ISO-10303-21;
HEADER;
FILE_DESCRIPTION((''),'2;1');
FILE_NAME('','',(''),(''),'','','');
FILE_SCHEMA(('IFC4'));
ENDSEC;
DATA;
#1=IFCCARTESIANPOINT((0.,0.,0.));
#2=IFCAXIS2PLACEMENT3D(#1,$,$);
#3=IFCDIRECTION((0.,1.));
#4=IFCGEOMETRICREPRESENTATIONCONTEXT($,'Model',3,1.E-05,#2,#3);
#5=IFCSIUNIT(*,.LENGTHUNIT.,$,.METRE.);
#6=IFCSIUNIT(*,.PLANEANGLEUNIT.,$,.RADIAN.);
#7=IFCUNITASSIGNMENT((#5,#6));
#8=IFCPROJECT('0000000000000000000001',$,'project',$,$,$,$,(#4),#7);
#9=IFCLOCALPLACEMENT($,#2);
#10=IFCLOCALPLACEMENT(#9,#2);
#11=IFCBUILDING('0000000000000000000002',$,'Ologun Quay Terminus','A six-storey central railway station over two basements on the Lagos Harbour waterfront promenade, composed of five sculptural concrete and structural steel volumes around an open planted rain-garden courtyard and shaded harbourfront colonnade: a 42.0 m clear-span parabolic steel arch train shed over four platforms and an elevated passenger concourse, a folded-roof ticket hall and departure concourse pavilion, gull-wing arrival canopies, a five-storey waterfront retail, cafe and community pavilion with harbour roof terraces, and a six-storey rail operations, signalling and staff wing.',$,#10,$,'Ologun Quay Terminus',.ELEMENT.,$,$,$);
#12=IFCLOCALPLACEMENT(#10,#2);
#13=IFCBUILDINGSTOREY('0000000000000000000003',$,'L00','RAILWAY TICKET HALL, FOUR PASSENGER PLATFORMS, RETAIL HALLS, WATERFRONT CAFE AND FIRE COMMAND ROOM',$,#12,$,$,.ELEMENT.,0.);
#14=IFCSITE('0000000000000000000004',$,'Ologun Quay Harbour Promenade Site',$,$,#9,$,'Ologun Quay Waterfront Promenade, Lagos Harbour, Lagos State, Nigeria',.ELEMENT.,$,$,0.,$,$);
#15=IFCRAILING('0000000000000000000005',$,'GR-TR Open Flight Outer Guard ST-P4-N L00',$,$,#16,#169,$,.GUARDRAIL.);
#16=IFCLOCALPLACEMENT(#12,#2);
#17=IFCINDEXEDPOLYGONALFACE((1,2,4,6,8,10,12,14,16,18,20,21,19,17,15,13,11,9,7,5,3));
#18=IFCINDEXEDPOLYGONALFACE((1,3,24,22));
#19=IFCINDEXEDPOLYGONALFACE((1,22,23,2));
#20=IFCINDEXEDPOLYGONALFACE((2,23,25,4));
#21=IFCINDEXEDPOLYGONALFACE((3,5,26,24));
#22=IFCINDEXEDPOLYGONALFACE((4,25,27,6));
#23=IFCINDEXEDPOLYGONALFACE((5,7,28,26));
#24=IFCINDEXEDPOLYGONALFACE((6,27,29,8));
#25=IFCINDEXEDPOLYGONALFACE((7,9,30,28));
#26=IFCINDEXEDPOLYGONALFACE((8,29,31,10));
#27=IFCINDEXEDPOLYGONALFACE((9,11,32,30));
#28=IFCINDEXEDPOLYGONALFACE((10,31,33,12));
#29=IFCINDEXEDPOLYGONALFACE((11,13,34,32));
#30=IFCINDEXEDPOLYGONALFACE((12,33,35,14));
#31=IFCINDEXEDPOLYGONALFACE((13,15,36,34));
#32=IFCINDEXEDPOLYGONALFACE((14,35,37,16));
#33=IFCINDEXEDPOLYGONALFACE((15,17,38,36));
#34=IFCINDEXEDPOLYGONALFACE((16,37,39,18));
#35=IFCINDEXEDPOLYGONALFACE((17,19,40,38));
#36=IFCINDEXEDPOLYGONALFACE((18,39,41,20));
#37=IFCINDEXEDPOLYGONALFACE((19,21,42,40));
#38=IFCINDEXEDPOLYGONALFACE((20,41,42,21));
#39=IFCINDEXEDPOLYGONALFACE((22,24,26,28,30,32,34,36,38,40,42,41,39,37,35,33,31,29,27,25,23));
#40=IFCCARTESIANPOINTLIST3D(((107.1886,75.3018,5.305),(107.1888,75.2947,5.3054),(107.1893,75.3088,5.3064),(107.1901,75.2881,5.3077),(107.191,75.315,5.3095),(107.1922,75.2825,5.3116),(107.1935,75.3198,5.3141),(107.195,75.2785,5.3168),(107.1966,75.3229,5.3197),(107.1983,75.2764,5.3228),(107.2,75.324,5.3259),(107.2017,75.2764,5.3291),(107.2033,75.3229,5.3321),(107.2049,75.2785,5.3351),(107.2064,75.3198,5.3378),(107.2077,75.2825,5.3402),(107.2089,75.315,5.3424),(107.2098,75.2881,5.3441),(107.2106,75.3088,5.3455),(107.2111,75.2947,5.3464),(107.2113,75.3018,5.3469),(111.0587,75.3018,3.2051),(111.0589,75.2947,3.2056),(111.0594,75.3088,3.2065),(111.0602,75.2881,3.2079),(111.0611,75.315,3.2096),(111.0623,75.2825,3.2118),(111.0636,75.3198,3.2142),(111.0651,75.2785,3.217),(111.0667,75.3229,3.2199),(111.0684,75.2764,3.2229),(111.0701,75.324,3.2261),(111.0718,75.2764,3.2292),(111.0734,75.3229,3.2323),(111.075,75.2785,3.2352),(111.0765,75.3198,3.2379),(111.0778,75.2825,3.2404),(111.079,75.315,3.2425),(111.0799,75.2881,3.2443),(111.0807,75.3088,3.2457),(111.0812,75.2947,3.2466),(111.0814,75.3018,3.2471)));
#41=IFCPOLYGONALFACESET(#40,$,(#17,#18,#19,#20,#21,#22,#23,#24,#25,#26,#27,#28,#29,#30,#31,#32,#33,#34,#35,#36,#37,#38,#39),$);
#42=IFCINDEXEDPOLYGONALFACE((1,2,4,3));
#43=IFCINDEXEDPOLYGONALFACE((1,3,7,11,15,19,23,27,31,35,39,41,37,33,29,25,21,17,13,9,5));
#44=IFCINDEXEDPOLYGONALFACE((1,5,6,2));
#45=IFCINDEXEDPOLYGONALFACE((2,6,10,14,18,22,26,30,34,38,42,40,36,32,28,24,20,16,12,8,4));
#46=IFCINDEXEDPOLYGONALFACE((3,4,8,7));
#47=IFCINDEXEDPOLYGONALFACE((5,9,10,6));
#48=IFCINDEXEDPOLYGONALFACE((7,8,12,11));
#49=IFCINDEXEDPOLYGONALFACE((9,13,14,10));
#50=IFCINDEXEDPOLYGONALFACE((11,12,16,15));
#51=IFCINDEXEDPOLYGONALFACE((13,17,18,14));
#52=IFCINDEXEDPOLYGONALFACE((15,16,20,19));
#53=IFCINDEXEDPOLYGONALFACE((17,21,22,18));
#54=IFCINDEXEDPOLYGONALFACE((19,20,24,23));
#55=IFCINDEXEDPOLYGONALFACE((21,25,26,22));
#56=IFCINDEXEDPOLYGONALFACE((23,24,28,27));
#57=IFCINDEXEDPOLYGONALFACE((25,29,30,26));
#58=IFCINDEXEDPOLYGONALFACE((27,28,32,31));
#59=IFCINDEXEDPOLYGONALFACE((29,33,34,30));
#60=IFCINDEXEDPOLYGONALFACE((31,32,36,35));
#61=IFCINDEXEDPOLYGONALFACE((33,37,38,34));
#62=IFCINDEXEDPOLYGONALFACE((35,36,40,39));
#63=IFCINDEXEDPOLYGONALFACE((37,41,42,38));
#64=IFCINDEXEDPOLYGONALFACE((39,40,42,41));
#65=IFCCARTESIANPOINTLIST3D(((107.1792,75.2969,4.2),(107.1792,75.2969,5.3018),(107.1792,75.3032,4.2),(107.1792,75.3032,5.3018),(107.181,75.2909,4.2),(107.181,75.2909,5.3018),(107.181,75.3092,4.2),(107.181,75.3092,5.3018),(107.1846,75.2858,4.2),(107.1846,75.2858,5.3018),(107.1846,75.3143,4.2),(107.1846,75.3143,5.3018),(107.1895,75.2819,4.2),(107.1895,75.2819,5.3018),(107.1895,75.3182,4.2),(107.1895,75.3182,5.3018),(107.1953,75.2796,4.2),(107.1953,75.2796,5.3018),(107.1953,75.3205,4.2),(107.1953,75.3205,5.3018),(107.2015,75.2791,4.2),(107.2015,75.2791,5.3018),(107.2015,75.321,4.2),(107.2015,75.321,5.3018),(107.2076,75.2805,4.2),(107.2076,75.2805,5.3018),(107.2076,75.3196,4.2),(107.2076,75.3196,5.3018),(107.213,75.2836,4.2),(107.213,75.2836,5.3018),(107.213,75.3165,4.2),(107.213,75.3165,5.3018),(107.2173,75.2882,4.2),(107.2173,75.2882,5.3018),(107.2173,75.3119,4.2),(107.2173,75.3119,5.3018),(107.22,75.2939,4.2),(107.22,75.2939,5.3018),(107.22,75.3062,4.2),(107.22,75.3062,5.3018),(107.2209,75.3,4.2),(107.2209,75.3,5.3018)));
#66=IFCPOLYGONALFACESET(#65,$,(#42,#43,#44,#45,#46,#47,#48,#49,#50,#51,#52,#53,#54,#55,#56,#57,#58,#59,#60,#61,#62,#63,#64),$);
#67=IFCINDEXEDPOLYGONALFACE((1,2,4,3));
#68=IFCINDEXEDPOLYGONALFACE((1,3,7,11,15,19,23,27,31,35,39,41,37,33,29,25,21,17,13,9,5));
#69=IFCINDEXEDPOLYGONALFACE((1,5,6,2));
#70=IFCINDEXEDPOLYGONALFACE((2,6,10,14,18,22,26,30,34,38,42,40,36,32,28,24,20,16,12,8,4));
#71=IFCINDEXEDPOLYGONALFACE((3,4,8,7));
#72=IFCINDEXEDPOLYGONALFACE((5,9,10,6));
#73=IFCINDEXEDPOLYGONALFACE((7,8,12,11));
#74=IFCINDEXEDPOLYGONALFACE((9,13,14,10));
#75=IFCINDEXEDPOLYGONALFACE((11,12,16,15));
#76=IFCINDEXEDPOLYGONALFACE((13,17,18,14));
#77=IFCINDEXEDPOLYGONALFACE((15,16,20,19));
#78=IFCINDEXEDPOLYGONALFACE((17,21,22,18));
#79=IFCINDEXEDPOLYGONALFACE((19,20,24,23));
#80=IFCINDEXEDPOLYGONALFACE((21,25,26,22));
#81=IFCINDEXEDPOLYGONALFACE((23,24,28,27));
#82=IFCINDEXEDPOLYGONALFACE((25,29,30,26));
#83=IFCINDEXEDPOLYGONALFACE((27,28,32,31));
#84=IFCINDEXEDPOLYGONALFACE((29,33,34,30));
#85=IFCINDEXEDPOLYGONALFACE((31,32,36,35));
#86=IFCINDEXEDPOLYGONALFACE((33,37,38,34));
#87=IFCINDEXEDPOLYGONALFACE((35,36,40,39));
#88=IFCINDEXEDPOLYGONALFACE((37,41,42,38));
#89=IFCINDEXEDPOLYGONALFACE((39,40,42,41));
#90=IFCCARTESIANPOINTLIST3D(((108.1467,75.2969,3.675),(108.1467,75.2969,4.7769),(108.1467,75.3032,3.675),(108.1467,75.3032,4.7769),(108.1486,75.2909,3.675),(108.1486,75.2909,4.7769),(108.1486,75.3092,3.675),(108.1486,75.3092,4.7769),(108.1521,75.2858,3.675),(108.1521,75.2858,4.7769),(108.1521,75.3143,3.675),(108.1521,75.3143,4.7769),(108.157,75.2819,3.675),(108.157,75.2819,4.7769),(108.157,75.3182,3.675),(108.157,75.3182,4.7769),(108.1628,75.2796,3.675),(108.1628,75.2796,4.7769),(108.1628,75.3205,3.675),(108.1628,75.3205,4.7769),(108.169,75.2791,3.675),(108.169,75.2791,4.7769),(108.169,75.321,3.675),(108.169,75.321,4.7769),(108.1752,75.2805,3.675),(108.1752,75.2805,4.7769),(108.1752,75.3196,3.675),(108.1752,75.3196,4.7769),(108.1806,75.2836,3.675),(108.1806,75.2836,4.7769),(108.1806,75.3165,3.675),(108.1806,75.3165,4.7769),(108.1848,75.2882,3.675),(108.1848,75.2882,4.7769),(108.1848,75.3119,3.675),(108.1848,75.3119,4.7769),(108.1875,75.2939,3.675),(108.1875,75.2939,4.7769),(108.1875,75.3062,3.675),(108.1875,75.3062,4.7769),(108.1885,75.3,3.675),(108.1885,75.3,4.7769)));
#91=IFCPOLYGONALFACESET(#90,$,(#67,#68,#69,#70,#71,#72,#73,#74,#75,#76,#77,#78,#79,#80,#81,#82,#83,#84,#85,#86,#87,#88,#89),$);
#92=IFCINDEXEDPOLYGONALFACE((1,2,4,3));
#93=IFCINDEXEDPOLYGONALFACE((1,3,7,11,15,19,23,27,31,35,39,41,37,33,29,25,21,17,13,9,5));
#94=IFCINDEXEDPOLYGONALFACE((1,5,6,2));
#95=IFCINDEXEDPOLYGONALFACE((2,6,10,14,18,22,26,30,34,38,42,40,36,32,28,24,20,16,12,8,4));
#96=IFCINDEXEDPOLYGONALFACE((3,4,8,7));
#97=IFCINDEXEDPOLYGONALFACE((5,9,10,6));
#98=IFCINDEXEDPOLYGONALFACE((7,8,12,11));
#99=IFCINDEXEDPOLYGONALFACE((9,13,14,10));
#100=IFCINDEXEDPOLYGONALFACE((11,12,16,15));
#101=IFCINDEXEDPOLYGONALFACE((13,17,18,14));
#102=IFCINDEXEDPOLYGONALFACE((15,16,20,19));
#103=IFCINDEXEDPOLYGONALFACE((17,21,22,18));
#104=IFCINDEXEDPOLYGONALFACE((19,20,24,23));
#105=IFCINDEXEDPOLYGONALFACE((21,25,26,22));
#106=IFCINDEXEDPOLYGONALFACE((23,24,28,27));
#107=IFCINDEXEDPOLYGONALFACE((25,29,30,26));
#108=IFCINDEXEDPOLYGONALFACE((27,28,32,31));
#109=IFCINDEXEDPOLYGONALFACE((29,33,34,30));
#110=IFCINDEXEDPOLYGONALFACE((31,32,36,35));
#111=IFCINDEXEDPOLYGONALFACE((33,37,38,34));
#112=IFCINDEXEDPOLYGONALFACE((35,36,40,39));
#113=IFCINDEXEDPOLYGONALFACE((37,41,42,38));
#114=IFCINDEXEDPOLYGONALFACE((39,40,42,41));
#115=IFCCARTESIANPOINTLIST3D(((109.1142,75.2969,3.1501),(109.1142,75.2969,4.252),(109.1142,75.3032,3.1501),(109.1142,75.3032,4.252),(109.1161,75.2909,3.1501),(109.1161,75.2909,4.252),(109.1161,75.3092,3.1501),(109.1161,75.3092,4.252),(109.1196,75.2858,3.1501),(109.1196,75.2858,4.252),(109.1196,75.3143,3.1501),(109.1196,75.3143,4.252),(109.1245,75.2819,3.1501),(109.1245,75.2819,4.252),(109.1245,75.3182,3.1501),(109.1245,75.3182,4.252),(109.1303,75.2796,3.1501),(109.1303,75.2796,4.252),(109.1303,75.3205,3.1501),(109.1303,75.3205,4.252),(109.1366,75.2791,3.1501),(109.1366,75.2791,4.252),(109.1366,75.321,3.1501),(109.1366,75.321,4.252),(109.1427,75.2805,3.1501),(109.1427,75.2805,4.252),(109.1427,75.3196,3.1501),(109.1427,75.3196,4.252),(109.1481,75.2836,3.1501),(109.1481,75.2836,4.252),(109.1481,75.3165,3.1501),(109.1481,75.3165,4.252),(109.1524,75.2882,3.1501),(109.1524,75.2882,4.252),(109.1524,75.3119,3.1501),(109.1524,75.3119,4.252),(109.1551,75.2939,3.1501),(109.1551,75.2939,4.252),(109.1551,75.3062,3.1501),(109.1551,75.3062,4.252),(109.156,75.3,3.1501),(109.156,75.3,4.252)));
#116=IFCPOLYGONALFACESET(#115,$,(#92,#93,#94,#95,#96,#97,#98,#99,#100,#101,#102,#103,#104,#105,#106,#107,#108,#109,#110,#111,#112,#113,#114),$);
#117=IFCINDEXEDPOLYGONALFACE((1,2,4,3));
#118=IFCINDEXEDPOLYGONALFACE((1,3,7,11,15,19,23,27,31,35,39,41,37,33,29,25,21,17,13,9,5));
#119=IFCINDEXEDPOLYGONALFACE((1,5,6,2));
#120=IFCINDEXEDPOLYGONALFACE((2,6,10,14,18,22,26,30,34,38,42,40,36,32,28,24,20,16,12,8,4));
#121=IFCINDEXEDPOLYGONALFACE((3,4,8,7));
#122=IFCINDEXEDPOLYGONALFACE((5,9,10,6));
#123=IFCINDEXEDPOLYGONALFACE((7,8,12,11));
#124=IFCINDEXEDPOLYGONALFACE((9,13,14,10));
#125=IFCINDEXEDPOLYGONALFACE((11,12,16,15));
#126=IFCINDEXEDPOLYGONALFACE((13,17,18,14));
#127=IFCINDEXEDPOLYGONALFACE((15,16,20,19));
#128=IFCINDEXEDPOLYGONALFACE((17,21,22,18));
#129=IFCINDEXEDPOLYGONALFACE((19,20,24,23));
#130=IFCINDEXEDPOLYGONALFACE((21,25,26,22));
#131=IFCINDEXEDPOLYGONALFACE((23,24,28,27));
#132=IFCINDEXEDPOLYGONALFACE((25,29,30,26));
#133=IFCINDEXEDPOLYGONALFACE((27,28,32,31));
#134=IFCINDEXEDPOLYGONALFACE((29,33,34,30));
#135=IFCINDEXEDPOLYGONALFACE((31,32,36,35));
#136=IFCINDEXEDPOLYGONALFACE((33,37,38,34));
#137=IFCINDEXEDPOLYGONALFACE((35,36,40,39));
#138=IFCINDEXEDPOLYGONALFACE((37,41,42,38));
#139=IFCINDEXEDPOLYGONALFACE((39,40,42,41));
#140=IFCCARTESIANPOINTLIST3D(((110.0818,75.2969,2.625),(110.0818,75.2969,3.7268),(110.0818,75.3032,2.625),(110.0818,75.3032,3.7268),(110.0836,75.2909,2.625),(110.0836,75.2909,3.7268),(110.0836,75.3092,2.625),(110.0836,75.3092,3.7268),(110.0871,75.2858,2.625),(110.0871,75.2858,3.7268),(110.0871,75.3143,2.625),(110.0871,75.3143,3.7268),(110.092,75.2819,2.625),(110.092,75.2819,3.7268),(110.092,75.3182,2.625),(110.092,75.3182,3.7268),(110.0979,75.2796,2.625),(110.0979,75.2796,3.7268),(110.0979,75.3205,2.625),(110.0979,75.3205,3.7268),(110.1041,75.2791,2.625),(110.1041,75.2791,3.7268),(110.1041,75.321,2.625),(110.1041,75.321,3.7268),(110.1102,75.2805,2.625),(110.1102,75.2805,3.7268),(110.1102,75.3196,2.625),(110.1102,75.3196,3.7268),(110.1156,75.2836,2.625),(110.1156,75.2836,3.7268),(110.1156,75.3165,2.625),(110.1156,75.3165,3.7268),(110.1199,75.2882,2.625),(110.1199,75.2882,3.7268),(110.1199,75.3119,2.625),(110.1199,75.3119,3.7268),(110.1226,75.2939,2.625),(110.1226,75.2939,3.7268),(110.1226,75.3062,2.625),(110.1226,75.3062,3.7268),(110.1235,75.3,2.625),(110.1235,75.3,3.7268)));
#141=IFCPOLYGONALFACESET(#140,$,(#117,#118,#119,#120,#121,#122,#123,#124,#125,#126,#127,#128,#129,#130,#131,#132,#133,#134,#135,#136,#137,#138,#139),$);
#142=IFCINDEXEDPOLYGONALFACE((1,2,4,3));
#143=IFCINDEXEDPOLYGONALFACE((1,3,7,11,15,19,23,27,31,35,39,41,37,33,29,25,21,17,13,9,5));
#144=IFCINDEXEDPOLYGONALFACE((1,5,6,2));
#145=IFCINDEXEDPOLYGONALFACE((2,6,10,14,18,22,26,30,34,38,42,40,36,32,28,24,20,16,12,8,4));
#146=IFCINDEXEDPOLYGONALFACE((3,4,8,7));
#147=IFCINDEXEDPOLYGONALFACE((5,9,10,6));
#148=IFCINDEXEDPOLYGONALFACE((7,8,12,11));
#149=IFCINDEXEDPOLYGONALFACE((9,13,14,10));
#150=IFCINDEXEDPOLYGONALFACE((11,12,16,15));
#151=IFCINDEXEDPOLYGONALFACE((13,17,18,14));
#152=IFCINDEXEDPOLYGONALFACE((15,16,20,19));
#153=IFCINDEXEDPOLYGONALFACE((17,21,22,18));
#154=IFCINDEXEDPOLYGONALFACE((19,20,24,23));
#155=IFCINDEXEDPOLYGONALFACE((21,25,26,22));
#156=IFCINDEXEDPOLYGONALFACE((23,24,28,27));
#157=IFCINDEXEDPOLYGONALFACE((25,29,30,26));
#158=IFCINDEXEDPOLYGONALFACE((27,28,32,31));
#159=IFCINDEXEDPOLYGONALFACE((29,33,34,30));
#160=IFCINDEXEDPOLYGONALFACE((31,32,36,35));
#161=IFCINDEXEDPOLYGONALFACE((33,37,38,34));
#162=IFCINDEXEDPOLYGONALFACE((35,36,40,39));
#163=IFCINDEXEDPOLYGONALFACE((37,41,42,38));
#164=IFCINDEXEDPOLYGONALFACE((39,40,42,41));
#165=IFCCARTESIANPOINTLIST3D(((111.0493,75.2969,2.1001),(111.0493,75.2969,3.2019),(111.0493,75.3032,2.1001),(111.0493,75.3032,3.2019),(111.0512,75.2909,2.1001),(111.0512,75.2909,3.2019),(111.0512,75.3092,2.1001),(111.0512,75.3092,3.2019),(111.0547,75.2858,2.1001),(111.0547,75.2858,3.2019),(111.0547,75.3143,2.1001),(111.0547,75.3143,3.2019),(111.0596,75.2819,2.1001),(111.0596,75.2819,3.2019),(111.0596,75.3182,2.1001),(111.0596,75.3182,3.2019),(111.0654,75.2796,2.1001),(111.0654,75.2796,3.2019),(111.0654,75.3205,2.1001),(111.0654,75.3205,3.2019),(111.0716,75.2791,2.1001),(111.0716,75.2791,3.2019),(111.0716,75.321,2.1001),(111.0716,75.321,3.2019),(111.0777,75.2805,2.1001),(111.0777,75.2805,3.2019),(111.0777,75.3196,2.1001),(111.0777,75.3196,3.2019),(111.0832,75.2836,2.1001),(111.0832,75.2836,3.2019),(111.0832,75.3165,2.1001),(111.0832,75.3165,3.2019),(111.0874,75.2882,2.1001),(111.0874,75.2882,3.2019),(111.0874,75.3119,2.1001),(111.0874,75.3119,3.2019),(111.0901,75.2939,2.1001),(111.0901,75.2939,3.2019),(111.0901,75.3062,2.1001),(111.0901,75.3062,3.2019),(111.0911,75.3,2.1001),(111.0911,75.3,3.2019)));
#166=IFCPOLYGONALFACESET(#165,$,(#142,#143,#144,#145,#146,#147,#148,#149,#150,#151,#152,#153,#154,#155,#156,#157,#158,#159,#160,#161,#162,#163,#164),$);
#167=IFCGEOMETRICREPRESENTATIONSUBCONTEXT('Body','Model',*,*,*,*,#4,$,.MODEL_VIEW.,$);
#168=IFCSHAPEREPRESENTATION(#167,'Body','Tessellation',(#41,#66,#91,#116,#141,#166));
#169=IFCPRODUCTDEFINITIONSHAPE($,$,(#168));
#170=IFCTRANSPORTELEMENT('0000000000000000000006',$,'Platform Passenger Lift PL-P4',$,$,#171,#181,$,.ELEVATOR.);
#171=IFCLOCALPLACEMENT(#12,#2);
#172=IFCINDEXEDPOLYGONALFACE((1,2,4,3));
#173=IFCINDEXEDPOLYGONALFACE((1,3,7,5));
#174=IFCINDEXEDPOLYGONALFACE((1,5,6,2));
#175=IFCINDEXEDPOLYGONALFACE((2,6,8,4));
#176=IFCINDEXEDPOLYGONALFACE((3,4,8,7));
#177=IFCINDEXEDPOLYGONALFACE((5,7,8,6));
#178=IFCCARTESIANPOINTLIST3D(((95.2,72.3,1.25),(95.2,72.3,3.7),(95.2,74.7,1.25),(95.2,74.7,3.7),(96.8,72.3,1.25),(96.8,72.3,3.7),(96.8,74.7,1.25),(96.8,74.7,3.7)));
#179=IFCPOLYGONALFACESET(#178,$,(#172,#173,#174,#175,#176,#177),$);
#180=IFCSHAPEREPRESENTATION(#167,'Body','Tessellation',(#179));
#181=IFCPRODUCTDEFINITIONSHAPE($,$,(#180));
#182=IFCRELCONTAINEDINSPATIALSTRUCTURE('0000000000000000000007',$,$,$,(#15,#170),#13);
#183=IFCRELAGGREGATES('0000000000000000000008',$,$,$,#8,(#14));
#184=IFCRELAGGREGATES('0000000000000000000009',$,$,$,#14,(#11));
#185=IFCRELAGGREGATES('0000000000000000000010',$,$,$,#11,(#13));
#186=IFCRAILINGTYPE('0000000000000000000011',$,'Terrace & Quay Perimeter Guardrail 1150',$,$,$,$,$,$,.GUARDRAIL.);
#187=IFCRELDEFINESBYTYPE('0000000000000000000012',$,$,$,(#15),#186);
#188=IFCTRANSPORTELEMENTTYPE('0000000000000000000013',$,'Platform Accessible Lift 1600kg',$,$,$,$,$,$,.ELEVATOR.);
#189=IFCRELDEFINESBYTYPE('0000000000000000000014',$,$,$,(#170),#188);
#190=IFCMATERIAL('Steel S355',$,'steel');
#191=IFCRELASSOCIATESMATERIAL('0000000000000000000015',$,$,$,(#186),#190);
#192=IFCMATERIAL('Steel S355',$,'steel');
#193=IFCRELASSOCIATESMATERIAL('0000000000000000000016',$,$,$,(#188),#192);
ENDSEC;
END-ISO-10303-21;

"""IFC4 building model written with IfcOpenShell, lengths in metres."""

from ifc_helpers import new_model, si_unit, direction, frame, origin, origin_2d, place, context, subcontext, project, spatial, rectangle, circle, extrude, material, type_object, element, save


model = new_model("IFC4")

# Units and contexts
model_context = context("Model", 3, precision=1e-05, world=origin(), true_north=direction((0.0, 1.0)))
body_context = subcontext(model_context, "Body", "Model", "MODEL_VIEW")
ifc_project = project(units=[si_unit("LENGTHUNIT", "METRE"), si_unit("PLANEANGLEUNIT", "RADIAN")], contexts=[model_context])

# Site, building, storey
site_placement = place(None, origin())
site = spatial("IfcSite", under=ifc_project, at=site_placement, Name="Ologun Quay Harbour Promenade Site", LongName="Ologun Quay Waterfront Promenade, Lagos Harbour, Lagos State, Nigeria", CompositionType="ELEMENT", RefElevation=0.0)
building_placement = place(site_placement, origin())
building = spatial("IfcBuilding", under=site, at=building_placement, Name="Ologun Quay Terminus", Description="A six-storey central railway station over two basements on the Lagos Harbour waterfront promenade, composed of five sculptural concrete and structural steel volumes around an open planted rain-garden courtyard and shaded harbourfront colonnade: a 42.0 m clear-span parabolic steel arch train shed over four platforms and an elevated passenger concourse, a folded-roof ticket hall and departure concourse pavilion, gull-wing arrival canopies, a five-storey waterfront retail, cafe and community pavilion with harbour roof terraces, and a six-storey rail operations, signalling and staff wing.", LongName="Ologun Quay Terminus", CompositionType="ELEMENT")
storey_placement = place(building_placement, origin())
storey = spatial("IfcBuildingStorey", under=building, at=storey_placement, Name="L00", Description="RAILWAY TICKET HALL, FOUR PASSENGER PLATFORMS, RETAIL HALLS, WATERFRONT CAFE AND FIRE COMMAND ROOM", CompositionType="ELEMENT", Elevation=0.0)

# Railing
ifc_material_1 = material(Name="Steel S355", Category="steel")
railing_type_1 = type_object("IfcRailingType", Name="Terrace & Quay Perimeter Guardrail 1150", PredefinedType="GUARDRAIL", material=ifc_material_1)
railing_1_placement = place(storey_placement, frame((107.2, 75.3, 4.2)))
element("IfcRailing", 1, at=railing_1_placement, inside=storey, type_object=railing_type_1, Name="GR-TR Open Flight Outer Guard ST-P4-N L00", PredefinedType="GUARDRAIL", context=body_context, shape_type="SweptSolid", body=[
    extrude(circle(Radius=0.0239, at=origin_2d()), frame((0.0, 0.0, 1.126), z_axis=(0.878955, 0.0, -0.476905), x_axis=(0.0, 1.0, 0.0)), (0.0, 0.0, 1.0), 4.4031),
    extrude(circle(Radius=0.021, at=origin_2d()), origin(), (0.0, 0.0, 1.0), 1.1018),
    extrude(circle(Radius=0.021, at=origin_2d()), frame((0.9675, 0.0, -0.5249)), (0.0, 0.0, 1.0), 1.1018),
    extrude(circle(Radius=0.021, at=origin_2d()), frame((1.9351, 0.0, -1.0498)), (0.0, 0.0, 1.0), 1.1018),
    extrude(circle(Radius=0.021, at=origin_2d()), frame((2.9026, 0.0, -1.575)), (0.0, 0.0, 1.0), 1.1018),
    extrude(circle(Radius=0.021, at=origin_2d()), frame((3.8701, 0.0, -2.0999)), (0.0, 0.0, 1.0), 1.1018),
])

# Transport element
ifc_material_2 = material(Name="Steel S355", Category="steel")
transport_element_type = type_object("IfcTransportElementType", Name="Platform Accessible Lift 1600kg", PredefinedType="ELEVATOR", material=ifc_material_2)
transport_element_placement = place(storey_placement, frame((96.0, 73.5, 1.25), z_axis=(0.0, 0.0, 1.0), x_axis=(1.0, 0.0, 0.0)))
element("IfcTransportElement", 2, at=transport_element_placement, inside=storey, type_object=transport_element_type, Name="Platform Passenger Lift PL-P4", PredefinedType="ELEVATOR", context=body_context, shape_type="SweptSolid", body=[
    extrude(rectangle(XDim=1.6001, YDim=2.3999, at=origin_2d()), origin(), (0.0, 0.0, 1.0), 2.45),
])

save(model, "model.ifc")
